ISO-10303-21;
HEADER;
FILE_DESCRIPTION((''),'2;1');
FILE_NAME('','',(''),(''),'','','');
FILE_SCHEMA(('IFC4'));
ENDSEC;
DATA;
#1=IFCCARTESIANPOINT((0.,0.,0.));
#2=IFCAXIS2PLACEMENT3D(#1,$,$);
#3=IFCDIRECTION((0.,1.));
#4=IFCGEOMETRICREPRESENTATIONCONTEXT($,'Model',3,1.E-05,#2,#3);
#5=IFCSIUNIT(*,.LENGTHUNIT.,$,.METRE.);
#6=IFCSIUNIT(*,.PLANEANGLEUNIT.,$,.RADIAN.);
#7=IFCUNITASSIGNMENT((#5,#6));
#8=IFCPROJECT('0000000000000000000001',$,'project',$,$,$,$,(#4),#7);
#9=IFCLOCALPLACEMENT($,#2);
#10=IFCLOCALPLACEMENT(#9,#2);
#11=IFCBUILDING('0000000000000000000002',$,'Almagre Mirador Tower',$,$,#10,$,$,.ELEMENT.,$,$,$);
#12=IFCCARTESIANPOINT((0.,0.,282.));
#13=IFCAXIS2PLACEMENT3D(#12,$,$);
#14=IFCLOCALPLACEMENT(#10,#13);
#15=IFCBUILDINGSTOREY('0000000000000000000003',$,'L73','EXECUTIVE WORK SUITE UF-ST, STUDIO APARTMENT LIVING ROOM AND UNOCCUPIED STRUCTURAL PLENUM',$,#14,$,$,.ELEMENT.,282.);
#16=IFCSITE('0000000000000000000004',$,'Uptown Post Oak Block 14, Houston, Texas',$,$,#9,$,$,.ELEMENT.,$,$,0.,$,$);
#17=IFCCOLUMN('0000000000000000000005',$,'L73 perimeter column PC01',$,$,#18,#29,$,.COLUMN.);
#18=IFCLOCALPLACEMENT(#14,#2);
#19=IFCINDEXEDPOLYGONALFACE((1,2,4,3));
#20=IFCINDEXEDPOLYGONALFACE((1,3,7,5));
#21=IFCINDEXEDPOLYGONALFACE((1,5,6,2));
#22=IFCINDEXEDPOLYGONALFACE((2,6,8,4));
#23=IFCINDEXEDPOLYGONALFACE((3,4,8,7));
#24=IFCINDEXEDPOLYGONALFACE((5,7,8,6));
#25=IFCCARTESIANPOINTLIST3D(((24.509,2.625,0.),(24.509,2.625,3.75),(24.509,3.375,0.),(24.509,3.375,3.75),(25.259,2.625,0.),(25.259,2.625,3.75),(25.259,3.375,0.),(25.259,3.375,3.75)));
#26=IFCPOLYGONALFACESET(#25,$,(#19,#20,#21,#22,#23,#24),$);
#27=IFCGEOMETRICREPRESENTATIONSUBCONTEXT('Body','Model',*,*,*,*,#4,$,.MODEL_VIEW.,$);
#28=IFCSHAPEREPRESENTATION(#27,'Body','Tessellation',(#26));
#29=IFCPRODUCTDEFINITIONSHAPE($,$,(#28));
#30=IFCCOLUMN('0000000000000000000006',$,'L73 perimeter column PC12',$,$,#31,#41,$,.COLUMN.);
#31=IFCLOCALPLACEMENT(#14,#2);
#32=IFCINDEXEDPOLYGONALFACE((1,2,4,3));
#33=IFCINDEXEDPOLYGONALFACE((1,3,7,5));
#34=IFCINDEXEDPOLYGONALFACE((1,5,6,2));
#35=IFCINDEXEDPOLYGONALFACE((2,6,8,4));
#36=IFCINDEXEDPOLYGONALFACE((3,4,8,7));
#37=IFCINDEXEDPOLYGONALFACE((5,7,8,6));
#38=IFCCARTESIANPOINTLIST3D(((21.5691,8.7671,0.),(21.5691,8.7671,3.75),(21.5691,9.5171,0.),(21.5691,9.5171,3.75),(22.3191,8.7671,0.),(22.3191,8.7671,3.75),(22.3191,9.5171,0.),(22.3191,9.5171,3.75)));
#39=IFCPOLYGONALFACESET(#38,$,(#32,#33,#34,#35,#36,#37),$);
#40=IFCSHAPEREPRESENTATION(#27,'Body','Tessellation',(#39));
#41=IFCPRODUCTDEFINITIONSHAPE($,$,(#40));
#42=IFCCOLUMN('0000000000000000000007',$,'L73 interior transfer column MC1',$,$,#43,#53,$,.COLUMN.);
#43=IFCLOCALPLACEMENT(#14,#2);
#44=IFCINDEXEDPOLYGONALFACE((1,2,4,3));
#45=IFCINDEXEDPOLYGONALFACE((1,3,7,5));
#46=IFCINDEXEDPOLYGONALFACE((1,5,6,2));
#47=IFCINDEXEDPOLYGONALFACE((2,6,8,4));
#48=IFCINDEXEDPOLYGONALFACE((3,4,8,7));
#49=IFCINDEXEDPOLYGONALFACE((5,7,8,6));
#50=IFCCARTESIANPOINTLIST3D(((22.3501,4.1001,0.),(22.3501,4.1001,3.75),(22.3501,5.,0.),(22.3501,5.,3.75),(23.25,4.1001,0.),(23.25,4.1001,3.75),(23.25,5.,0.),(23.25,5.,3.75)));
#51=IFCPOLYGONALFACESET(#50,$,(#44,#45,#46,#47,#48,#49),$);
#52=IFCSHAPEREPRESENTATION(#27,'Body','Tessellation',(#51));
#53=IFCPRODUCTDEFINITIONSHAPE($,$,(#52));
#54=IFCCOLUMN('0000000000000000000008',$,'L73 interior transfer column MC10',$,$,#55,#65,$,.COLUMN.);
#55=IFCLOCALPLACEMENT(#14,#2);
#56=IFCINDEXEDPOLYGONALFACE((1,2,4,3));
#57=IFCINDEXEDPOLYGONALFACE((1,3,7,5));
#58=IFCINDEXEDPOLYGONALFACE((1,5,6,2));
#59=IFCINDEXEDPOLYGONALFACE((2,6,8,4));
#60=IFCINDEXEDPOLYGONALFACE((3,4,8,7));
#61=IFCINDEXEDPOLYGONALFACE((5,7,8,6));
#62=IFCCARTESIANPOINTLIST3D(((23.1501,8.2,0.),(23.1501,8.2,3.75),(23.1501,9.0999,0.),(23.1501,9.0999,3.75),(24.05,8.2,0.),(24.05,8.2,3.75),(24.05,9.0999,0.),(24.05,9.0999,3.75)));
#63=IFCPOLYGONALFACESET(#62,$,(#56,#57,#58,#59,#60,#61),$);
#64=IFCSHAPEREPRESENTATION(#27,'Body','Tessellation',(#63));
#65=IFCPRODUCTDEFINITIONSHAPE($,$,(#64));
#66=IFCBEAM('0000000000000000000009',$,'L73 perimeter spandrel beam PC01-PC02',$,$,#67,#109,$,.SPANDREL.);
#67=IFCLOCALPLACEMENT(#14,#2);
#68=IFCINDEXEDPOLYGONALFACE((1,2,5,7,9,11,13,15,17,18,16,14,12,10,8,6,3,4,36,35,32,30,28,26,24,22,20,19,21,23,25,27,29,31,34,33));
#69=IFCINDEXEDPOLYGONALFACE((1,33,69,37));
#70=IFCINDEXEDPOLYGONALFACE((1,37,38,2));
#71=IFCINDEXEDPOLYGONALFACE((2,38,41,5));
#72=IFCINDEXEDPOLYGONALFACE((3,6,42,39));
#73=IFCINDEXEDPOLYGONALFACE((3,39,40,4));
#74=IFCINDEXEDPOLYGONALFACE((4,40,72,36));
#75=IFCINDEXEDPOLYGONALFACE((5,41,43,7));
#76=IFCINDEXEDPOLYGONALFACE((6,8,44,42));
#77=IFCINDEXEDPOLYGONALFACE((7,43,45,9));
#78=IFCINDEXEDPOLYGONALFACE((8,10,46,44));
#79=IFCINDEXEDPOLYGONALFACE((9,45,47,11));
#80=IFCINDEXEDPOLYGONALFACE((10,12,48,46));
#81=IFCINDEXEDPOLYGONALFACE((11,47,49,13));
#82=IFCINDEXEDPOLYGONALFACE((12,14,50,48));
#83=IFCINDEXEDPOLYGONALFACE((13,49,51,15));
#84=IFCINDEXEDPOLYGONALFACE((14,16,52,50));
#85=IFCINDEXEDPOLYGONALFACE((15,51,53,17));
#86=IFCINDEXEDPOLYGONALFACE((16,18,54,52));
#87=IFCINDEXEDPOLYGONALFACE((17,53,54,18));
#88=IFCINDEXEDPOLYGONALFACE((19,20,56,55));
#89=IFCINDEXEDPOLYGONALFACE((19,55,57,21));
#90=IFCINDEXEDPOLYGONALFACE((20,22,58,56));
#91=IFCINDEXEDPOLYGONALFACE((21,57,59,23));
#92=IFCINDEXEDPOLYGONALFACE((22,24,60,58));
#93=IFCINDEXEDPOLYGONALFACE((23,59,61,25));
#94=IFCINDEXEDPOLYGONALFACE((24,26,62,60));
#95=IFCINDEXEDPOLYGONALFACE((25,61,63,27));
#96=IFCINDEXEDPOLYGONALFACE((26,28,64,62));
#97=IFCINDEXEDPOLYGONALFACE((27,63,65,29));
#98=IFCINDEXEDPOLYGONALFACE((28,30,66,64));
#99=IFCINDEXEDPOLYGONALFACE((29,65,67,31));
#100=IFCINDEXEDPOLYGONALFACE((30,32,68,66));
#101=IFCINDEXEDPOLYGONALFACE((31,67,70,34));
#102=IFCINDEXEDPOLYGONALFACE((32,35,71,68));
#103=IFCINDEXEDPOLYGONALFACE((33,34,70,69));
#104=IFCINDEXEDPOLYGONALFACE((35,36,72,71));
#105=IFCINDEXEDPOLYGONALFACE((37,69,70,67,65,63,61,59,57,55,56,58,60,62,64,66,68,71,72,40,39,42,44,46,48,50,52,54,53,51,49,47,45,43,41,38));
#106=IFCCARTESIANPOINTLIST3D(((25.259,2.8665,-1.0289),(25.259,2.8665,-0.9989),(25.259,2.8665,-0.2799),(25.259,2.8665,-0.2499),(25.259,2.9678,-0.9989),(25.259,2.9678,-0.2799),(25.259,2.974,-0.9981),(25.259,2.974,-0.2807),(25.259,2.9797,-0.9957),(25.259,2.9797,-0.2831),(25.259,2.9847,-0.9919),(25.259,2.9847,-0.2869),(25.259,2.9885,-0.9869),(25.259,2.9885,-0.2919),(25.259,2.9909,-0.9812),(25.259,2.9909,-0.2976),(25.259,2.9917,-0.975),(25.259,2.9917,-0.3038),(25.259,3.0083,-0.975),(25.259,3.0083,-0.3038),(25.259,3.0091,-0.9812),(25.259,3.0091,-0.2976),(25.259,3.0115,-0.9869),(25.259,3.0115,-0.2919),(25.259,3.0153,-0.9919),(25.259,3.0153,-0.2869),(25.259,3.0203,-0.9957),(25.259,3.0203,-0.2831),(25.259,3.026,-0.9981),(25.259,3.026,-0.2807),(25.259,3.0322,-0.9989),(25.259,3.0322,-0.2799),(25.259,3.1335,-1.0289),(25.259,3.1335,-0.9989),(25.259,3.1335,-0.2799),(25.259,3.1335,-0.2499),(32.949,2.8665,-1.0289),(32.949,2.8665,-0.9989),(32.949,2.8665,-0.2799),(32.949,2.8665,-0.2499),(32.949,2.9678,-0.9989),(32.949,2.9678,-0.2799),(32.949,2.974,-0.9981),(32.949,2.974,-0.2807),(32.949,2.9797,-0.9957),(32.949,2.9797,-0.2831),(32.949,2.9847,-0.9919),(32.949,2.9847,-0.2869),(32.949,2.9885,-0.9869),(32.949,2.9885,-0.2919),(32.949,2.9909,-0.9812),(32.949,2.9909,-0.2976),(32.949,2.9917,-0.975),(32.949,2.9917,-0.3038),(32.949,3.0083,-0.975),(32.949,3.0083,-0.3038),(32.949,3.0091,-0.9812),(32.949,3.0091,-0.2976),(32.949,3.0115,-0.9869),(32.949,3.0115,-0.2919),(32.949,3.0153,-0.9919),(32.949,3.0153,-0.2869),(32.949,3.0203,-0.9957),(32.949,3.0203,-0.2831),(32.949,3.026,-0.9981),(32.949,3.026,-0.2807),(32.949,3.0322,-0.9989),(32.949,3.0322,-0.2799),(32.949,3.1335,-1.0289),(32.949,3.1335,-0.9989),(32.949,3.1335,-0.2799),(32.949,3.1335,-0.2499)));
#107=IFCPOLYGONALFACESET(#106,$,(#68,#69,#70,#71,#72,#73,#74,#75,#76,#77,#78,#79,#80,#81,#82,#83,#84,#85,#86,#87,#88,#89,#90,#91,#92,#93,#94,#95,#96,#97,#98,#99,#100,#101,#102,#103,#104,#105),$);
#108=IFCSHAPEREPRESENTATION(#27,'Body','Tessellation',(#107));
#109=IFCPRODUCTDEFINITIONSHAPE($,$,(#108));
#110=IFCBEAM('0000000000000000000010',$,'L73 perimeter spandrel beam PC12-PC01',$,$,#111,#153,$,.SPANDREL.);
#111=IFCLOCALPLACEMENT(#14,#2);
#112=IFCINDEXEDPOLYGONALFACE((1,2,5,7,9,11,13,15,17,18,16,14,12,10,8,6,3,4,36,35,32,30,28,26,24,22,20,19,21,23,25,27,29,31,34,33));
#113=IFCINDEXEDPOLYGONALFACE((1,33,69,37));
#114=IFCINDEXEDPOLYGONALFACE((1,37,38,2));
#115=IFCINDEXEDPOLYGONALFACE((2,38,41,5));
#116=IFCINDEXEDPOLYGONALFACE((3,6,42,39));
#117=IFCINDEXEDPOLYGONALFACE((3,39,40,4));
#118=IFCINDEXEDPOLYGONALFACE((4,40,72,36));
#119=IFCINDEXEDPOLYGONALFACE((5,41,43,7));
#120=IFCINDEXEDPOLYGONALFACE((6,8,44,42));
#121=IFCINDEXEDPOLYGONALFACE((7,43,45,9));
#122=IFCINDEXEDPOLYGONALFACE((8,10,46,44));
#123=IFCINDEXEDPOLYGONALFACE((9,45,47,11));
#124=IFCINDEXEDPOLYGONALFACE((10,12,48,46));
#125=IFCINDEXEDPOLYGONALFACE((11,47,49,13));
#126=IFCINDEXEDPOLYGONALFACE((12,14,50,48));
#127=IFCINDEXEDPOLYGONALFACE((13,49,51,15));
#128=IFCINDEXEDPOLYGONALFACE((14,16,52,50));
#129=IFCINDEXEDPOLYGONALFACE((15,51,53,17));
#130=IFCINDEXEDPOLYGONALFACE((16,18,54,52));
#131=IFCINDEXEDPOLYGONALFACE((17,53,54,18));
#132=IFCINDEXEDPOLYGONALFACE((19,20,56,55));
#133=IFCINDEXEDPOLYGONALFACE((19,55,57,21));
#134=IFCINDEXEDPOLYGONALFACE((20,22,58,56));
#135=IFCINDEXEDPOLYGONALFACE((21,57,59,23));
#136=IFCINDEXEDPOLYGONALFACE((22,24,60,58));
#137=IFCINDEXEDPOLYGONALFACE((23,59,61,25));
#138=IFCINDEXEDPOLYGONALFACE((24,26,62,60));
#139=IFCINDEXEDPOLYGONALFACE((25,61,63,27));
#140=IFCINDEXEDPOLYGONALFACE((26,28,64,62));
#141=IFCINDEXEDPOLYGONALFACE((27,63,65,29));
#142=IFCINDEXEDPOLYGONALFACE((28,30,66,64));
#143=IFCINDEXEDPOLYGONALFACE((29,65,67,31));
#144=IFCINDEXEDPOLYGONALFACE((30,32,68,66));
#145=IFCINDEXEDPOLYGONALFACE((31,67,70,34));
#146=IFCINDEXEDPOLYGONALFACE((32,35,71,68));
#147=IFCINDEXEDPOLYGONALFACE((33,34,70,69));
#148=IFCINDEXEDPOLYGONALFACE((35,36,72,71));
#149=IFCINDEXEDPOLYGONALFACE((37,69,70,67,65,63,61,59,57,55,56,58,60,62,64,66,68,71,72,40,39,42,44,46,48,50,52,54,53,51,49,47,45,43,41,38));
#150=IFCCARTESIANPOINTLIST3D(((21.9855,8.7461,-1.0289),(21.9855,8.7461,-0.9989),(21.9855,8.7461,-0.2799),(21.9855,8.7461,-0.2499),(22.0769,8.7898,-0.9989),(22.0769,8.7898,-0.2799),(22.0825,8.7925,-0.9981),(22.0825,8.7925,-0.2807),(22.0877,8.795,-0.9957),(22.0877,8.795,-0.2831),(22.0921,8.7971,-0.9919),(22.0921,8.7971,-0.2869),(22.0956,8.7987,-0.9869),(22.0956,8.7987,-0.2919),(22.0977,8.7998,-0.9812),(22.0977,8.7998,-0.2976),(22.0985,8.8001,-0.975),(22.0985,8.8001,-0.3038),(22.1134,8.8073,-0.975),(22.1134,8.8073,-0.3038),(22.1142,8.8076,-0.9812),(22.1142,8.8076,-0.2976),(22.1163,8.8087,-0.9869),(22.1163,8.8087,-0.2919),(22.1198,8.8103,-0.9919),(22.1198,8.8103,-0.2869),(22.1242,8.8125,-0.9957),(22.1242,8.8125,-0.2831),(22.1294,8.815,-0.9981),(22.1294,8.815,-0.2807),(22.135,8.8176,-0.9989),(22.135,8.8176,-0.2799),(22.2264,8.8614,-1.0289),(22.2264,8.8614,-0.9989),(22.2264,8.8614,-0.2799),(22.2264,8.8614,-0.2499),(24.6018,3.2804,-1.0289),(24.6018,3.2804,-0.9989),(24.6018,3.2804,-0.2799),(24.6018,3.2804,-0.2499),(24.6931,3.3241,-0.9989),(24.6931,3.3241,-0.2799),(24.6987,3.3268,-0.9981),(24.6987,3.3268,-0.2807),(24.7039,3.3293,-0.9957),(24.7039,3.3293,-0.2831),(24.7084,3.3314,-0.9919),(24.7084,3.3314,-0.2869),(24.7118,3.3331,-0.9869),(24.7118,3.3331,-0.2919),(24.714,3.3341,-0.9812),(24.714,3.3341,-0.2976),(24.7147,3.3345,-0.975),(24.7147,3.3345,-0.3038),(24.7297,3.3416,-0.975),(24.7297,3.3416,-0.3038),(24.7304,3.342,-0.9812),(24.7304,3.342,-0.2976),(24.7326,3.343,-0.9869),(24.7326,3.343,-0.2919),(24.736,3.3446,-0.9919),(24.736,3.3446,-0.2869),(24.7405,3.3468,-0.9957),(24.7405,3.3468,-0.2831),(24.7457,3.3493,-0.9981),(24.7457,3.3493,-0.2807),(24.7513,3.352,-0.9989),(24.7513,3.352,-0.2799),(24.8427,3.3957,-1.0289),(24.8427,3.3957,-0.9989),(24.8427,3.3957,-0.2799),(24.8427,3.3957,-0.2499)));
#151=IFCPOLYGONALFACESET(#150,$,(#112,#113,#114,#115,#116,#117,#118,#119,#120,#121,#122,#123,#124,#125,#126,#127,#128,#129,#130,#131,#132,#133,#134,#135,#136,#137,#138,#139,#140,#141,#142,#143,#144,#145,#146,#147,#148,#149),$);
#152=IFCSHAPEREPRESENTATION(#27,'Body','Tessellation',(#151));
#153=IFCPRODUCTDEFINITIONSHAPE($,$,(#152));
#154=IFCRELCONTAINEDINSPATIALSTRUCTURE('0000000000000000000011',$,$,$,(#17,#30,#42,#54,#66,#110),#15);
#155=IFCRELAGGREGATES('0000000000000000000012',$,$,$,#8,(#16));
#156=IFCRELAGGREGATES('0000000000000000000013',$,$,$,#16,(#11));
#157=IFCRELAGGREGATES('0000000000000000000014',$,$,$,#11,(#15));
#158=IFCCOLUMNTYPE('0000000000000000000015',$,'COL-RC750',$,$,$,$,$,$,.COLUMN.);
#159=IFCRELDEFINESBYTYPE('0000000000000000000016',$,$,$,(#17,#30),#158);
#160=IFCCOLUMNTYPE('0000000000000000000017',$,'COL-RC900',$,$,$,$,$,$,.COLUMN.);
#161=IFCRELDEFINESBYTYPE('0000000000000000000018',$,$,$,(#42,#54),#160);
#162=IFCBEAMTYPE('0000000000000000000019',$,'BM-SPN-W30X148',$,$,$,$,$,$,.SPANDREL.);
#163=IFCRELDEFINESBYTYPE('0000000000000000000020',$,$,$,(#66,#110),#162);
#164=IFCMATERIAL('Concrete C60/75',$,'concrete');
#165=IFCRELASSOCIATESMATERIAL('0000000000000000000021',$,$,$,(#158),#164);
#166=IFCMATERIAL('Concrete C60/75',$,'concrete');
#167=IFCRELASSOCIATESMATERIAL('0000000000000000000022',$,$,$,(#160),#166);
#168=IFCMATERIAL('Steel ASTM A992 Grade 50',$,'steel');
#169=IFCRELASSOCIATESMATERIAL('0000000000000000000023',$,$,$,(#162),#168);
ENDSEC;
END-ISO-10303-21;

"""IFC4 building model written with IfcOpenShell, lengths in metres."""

from ifc_helpers import new_model, si_unit, direction, frame, origin, origin_2d, place, context, subcontext, project, spatial, rectangle, i_section, extrude, material, material_profile, profile_set, type_object, element, save


model = new_model("IFC4")

# Units and contexts
model_context = context("Model", 3, precision=1e-05, world=origin(), true_north=direction((0.0, 1.0)))
body_context = subcontext(model_context, "Body", "Model", "MODEL_VIEW")
ifc_project = project(units=[si_unit("LENGTHUNIT", "METRE"), si_unit("PLANEANGLEUNIT", "RADIAN")], contexts=[model_context])

# Site, building, storey
site_placement = place(None, origin())
site = spatial("IfcSite", under=ifc_project, at=site_placement, Name="Uptown Post Oak Block 14, Houston, Texas", CompositionType="ELEMENT", RefElevation=0.0)
building_placement = place(site_placement, origin())
building = spatial("IfcBuilding", under=site, at=building_placement, Name="Almagre Mirador Tower", CompositionType="ELEMENT")
storey_placement = place(building_placement, frame((0.0, 0.0, 282.0)))
storey = spatial("IfcBuildingStorey", under=building, at=storey_placement, Name="L73", Description="EXECUTIVE WORK SUITE UF-ST, STUDIO APARTMENT LIVING ROOM AND UNOCCUPIED STRUCTURAL PLENUM", CompositionType="ELEMENT", Elevation=282.0)

# Columns
ifc_material_1 = material(Name="Concrete C60/75", Category="concrete")
ifc_material_profile_1 = material_profile(ifc_material_1, rectangle(XDim=0.75, YDim=0.75, at=origin_2d()), Name="RC750X750")
ifc_profile_set_1 = profile_set([ifc_material_profile_1], Name="Concrete C60/75")
column_type_1 = type_object("IfcColumnType", Name="COL-RC750", PredefinedType="COLUMN", material=ifc_profile_set_1)
for number, where, z_axis, x_axis, name in (
    (1, (24.884, 3.0, 0.0), (0.0, 0.0, 1.0), (1.0, 0.0, 0.0), "L73 perimeter column PC01"),
    (2, (21.9441, 9.1421, 0.0), (0.0, 0.0, 1.0), (1.0, 0.0, 0.0), "L73 perimeter column PC12"),
):
    element("IfcColumn", number, at=place(storey_placement, frame(where, z_axis=z_axis, x_axis=x_axis)), inside=storey, type_object=column_type_1, Name=name, PredefinedType="COLUMN", context=body_context, shape_type="SweptSolid", body=[
        extrude(rectangle(XDim=0.75, YDim=0.75, at=origin_2d()), origin(), (0.0, 0.0, 1.0), 3.75),
    ])
ifc_material_2 = material(Name="Concrete C60/75", Category="concrete")
ifc_material_profile_2 = material_profile(ifc_material_2, rectangle(XDim=0.8999, YDim=0.8999, at=origin_2d()), Name="RC900X900")
ifc_profile_set_2 = profile_set([ifc_material_profile_2], Name="Concrete C60/75")
column_type_2 = type_object("IfcColumnType", Name="COL-RC900", PredefinedType="COLUMN", material=ifc_profile_set_2)
for number, where, z_axis, x_axis, name in (
    (3, (22.8, 4.55, 0.0), (0.0, 0.0, 1.0), (1.0, 0.0, 0.0), "L73 interior transfer column MC1"),
    (4, (23.6001, 8.6499, 0.0), (0.0, 0.0, 1.0), (1.0, 0.0, 0.0), "L73 interior transfer column MC10"),
):
    element("IfcColumn", number, at=place(storey_placement, frame(where, z_axis=z_axis, x_axis=x_axis)), inside=storey, type_object=column_type_2, Name=name, PredefinedType="COLUMN", context=body_context, shape_type="SweptSolid", body=[
        extrude(rectangle(XDim=0.8999, YDim=0.8999, at=origin_2d()), origin(), (0.0, 0.0, 1.0), 3.75),
    ])

# Beams
ifc_material_3 = material(Name="Steel ASTM A992 Grade 50", Category="steel")
ifc_material_profile_3 = material_profile(ifc_material_3, i_section(OverallWidth=0.2671, OverallDepth=0.7791, WebThickness=0.0166, FlangeThickness=0.03, FilletRadius=0.0239, at=origin_2d()), Name="W30X148")
ifc_profile_set_3 = profile_set([ifc_material_profile_3], Name="Steel ASTM A992 Grade 50")
beam_type_1 = type_object("IfcBeamType", Name="BM-SPN-W30X148", PredefinedType="SPANDREL", material=ifc_profile_set_3)
beam_1_placement = place(storey_placement, frame((25.259, 3.0, -0.6394), z_axis=(1.0, 0.0, 0.0), x_axis=(0.0, 1.0, 0.0)))
element("IfcBeam", 5, at=beam_1_placement, inside=storey, type_object=beam_type_1, Name="L73 perimeter spandrel beam PC01-PC02", PredefinedType="SPANDREL", context=body_context, shape_type="SweptSolid", body=[
    extrude(i_section(OverallWidth=0.2671, OverallDepth=0.7791, WebThickness=0.0166, FlangeThickness=0.03, FilletRadius=0.0239, at=origin_2d()), origin(), (0.0, 0.0, 1.0), 7.6899),
])
beam_2_placement = place(storey_placement, frame((22.106, 8.8037, -0.6394), z_axis=(0.431756, -0.90199, 0.0), x_axis=(0.90199, 0.431756, 0.0)))
element("IfcBeam", 6, at=beam_2_placement, inside=storey, type_object=beam_type_1, Name="L73 perimeter spandrel beam PC12-PC01", PredefinedType="SPANDREL", context=body_context, shape_type="SweptSolid", body=[
    extrude(i_section(OverallWidth=0.2671, OverallDepth=0.7791, WebThickness=0.0166, FlangeThickness=0.03, FilletRadius=0.0239, at=origin_2d()), origin(), (0.0, 0.0, 1.0), 6.0596),
])

save(model, "model.ifc")
